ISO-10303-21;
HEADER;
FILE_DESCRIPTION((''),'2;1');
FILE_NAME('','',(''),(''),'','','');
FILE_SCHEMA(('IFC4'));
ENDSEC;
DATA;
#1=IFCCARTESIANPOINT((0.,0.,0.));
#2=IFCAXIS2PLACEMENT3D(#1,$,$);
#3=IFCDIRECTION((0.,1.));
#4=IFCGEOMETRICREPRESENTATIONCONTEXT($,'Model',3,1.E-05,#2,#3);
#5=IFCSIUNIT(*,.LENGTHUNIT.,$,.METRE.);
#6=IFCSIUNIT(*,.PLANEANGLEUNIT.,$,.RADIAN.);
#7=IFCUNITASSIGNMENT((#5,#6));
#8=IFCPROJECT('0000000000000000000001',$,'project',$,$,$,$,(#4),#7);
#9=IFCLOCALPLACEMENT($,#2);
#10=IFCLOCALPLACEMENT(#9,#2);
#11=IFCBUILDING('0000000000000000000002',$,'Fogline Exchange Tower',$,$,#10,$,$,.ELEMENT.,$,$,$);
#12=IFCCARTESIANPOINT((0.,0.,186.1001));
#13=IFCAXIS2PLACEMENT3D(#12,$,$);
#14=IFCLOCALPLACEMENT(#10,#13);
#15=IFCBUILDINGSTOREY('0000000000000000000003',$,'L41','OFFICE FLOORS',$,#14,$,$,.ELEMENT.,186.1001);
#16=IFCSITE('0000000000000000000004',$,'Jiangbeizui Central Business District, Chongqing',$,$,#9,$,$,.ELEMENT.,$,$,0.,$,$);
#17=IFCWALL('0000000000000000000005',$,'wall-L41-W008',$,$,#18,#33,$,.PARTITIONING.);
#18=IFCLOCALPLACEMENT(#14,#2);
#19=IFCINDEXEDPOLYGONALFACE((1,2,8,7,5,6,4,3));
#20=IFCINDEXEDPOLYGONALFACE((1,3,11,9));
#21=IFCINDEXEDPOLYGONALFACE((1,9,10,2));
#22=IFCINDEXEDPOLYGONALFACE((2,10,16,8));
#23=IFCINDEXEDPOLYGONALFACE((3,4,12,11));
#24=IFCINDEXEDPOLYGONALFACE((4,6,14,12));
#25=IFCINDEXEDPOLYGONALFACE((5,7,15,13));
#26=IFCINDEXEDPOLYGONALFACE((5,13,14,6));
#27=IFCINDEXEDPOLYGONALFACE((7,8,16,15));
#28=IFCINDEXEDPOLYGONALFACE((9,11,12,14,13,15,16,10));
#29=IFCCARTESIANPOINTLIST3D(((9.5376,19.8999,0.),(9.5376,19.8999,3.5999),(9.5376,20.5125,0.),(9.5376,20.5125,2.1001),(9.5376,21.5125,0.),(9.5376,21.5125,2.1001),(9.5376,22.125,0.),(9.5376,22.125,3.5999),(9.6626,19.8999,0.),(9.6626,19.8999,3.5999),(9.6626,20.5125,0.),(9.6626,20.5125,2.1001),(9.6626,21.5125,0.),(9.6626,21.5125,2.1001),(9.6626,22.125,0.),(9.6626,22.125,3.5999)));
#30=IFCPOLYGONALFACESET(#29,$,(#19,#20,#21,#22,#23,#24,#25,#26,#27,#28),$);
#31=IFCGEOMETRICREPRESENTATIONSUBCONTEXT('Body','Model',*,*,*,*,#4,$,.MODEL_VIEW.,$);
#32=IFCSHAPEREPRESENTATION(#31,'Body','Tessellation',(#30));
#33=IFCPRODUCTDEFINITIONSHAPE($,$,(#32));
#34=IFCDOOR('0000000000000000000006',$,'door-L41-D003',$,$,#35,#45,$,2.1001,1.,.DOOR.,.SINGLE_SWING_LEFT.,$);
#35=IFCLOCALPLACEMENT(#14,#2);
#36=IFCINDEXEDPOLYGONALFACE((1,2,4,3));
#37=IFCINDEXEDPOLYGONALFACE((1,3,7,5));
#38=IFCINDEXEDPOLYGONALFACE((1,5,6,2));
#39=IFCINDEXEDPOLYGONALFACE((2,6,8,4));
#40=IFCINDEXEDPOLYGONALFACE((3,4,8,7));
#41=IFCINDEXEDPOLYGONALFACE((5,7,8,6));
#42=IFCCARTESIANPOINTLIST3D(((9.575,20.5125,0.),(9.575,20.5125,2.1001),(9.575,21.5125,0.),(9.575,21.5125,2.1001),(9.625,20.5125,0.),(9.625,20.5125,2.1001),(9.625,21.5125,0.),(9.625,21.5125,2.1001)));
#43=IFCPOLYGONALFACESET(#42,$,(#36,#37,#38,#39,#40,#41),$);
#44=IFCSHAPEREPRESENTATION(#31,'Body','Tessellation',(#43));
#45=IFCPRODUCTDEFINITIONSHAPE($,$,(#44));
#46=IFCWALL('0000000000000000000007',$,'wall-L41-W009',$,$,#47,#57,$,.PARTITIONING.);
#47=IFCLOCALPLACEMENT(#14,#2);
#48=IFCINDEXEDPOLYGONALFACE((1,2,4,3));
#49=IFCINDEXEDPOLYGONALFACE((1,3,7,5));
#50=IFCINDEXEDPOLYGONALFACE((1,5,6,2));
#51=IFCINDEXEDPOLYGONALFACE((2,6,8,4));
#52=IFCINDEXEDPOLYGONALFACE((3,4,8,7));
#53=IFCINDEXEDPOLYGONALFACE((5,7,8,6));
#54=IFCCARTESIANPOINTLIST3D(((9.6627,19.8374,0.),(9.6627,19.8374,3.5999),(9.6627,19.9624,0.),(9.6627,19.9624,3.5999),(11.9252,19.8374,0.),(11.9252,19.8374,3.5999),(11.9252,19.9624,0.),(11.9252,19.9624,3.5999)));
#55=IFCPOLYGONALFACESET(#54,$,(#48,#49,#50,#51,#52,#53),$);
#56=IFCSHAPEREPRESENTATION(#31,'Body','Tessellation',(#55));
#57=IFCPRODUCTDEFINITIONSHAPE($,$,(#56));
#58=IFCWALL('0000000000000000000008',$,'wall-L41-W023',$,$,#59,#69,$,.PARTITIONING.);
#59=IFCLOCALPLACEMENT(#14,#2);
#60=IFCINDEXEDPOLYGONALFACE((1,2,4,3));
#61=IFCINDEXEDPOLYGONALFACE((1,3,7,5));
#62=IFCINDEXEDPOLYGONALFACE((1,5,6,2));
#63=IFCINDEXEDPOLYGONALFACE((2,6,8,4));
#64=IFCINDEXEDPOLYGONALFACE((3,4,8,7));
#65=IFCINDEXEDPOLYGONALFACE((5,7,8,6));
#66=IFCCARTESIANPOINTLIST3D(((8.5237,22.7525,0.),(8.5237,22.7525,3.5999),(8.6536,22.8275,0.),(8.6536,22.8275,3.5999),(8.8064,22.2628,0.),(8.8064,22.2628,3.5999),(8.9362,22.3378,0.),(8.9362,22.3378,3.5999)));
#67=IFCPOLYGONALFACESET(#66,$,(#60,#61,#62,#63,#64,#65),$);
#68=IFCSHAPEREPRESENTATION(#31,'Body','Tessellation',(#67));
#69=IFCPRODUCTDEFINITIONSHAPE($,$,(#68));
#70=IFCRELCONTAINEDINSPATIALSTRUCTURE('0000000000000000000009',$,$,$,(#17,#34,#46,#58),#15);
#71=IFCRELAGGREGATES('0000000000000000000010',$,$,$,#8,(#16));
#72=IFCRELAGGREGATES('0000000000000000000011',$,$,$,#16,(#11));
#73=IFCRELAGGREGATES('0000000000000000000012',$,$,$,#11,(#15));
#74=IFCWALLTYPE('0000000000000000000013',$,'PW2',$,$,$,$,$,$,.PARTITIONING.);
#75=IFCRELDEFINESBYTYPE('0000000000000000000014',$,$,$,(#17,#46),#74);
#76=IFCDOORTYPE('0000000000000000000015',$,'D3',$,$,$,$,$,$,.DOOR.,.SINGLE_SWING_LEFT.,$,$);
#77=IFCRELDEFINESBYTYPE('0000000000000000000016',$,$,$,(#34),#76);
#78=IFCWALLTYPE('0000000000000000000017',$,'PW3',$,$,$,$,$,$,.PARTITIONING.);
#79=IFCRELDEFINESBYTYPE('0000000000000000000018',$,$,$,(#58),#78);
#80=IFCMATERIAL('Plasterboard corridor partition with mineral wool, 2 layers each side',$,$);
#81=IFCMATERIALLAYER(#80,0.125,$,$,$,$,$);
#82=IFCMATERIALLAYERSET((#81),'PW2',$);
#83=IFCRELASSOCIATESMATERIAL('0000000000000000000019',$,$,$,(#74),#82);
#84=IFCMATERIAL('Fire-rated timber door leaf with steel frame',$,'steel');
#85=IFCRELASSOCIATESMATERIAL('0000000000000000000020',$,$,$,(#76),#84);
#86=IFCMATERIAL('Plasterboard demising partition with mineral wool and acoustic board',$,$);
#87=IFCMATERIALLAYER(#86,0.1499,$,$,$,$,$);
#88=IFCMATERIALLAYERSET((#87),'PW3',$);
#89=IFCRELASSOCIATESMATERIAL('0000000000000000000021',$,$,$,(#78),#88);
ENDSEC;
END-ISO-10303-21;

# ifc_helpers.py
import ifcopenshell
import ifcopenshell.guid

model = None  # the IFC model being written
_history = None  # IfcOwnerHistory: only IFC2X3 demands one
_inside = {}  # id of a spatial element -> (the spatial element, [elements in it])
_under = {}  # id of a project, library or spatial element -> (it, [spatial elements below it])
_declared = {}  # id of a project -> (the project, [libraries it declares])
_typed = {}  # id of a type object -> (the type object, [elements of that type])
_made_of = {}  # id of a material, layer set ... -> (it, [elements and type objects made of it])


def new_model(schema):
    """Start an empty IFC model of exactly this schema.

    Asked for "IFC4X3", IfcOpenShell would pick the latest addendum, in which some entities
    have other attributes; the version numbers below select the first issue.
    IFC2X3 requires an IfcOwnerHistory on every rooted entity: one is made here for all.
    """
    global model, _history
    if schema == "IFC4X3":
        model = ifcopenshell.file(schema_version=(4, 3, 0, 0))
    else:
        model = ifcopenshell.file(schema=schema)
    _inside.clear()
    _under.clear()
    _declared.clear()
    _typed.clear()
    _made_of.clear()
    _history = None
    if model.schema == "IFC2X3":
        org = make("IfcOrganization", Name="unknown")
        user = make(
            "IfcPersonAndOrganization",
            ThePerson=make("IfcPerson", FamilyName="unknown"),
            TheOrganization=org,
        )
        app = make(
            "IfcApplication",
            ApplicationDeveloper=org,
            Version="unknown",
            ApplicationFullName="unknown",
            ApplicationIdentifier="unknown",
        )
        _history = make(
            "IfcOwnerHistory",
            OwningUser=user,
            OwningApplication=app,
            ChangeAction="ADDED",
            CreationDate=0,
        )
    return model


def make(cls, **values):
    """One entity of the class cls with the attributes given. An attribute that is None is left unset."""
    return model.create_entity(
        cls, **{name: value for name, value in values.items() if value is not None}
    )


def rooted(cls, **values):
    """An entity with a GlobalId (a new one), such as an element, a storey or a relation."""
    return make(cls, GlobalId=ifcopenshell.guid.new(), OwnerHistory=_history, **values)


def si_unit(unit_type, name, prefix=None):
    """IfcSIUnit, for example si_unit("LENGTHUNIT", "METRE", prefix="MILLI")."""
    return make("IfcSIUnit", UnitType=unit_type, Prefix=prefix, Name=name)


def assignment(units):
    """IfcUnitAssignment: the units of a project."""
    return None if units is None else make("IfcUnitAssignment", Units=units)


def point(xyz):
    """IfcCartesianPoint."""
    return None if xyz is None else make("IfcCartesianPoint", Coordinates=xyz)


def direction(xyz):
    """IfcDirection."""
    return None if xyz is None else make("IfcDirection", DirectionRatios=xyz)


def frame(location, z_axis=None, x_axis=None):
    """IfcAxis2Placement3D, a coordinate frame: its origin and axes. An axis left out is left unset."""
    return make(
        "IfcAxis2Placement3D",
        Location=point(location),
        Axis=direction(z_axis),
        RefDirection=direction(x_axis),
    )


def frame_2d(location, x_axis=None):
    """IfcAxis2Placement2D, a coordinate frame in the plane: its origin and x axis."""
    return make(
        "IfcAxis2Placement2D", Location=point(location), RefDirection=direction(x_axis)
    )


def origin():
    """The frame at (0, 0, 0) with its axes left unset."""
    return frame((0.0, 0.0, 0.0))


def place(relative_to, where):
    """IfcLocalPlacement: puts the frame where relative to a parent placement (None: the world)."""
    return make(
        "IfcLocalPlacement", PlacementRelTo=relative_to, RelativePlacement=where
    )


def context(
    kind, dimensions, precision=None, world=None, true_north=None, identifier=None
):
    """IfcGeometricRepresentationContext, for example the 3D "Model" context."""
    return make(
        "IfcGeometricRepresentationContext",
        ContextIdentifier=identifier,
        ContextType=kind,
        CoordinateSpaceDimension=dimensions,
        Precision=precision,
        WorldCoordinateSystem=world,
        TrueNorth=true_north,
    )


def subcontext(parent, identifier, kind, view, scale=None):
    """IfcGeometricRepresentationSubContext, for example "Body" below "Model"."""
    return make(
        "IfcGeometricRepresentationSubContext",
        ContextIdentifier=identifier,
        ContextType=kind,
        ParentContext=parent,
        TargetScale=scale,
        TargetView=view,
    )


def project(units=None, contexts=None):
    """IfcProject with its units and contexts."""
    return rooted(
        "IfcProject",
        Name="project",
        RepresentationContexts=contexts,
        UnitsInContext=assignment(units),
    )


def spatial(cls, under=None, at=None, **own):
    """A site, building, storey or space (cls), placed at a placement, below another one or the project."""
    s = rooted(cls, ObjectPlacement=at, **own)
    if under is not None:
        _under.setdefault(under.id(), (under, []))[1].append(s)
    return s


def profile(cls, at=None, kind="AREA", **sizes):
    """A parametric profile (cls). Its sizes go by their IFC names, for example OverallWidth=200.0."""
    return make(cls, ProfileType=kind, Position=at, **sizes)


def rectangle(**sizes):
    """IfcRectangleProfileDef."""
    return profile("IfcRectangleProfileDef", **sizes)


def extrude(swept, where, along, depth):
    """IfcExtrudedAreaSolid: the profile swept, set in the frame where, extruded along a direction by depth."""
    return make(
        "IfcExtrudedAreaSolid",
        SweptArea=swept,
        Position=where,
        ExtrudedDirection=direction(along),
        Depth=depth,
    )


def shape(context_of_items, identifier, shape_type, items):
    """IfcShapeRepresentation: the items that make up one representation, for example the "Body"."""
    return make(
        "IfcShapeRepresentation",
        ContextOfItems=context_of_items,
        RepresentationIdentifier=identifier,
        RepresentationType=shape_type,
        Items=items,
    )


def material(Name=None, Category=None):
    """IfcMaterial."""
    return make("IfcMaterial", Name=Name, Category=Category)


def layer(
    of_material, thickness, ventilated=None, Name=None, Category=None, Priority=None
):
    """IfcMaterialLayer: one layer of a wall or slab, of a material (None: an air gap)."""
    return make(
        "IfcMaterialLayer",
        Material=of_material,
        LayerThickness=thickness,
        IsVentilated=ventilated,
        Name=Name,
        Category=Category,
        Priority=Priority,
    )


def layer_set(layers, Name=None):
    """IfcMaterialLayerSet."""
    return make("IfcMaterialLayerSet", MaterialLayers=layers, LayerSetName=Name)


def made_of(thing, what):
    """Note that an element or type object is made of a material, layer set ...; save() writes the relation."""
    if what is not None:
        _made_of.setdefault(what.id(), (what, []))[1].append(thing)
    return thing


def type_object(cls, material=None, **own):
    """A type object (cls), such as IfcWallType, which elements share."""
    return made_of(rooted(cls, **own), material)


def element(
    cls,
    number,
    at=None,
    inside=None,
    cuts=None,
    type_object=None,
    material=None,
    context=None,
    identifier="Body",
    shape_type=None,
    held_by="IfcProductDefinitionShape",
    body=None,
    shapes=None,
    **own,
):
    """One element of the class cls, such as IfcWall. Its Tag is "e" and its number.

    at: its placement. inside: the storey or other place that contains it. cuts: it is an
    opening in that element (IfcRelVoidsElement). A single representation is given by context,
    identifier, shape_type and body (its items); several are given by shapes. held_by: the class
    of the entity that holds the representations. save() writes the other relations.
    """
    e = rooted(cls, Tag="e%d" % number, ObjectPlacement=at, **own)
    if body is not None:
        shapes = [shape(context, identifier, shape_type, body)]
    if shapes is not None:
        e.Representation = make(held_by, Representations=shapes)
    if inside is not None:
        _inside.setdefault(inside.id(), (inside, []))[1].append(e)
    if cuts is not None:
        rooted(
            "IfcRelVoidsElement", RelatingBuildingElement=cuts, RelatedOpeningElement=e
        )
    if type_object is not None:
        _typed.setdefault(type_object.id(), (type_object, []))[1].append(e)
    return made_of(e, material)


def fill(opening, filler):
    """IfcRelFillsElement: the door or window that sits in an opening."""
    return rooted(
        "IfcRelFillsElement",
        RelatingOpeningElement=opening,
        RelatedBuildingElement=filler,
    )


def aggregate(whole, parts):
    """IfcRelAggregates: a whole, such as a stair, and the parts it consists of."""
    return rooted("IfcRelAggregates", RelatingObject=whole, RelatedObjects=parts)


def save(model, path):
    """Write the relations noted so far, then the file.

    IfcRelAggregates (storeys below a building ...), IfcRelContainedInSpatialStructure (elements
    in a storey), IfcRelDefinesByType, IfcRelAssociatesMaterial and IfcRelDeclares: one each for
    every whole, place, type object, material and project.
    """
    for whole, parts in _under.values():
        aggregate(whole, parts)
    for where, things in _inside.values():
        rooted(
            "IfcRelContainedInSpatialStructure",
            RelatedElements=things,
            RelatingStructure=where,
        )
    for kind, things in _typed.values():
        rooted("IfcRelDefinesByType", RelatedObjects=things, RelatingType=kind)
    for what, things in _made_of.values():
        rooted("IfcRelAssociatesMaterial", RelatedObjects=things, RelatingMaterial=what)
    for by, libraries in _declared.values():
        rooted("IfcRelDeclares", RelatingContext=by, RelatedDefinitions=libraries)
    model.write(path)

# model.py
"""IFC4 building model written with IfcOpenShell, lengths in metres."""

from ifc_helpers import new_model, si_unit, direction, frame, frame_2d, origin, place, context, subcontext, project, spatial, rectangle, extrude, material, layer, layer_set, type_object, element, fill, save


model = new_model("IFC4")

# Units and contexts
model_context = context("Model", 3, precision=1e-05, world=origin(), true_north=direction((0.0, 1.0)))
body_context = subcontext(model_context, "Body", "Model", "MODEL_VIEW")
ifc_project = project(units=[si_unit("LENGTHUNIT", "METRE"), si_unit("PLANEANGLEUNIT", "RADIAN")], contexts=[model_context])

# Site, building, storey
site_placement = place(None, origin())
site = spatial("IfcSite", under=ifc_project, at=site_placement, Name="Jiangbeizui Central Business District, Chongqing", CompositionType="ELEMENT", RefElevation=0.0)
building_placement = place(site_placement, origin())
building = spatial("IfcBuilding", under=site, at=building_placement, Name="Fogline Exchange Tower", CompositionType="ELEMENT")
storey_placement = place(building_placement, frame((0.0, 0.0, 186.1001)))
storey = spatial("IfcBuildingStorey", under=building, at=storey_placement, Name="L41", Description="OFFICE FLOORS", CompositionType="ELEMENT", Elevation=186.1001)

# Shared definitions
ifc_material_1 = material(Name="Plasterboard corridor partition with mineral wool, 2 layers each side")
ifc_layer_1 = layer(ifc_material_1, 0.125)
ifc_layer_set_1 = layer_set([ifc_layer_1], Name="PW2")
wall_type_1 = type_object("IfcWallType", Name="PW2", PredefinedType="PARTITIONING", material=ifc_layer_set_1)
ifc_material_2 = material(Name="Fire-rated timber door leaf with steel frame", Category="steel")
door_type_1 = type_object("IfcDoorType", Name="D3", OperationType="SINGLE_SWING_LEFT", PredefinedType="DOOR", material=ifc_material_2)

# Wall, opening, door
wall_1_placement = place(storey_placement, frame((9.6001, 22.125, 0.0), z_axis=(0.0, 0.0, 1.0), x_axis=(0.0, -1.0, 0.0)))
wall_1 = element("IfcWall", 1, at=wall_1_placement, inside=storey, type_object=wall_type_1, Name="wall-L41-W008", PredefinedType="PARTITIONING", context=body_context, shape_type="SweptSolid", body=[
    extrude(rectangle(XDim=2.2251, YDim=0.125, at=frame_2d((1.1125, 0.0))), origin(), (0.0, 0.0, 1.0), 3.5999),
])
opening_1_placement = place(wall_1_placement, frame((0.6125, 0.0, 0.0)))
opening_1 = element("IfcOpeningElement", 2, at=opening_1_placement, cuts=wall_1, PredefinedType="OPENING", context=body_context, shape_type="SweptSolid", body=[
    extrude(rectangle(XDim=1.0, YDim=2.1001, at=frame_2d((0.5, 1.05))), frame((0.0, 0.0725, 0.0), z_axis=(0.0, -1.0, 0.0), x_axis=(1.0, 0.0, 0.0)), (0.0, 0.0, 1.0), 0.145),
])
door_1_placement = place(opening_1_placement, origin())
door_1 = element("IfcDoor", 3, at=door_1_placement, inside=storey, type_object=door_type_1, Name="door-L41-D003", OperationType="SINGLE_SWING_LEFT", OverallHeight=2.1001, OverallWidth=1.0, PredefinedType="DOOR", context=body_context, shape_type="SweptSolid", body=[
    extrude(rectangle(XDim=1.0, YDim=2.1001, at=frame_2d((0.5, 1.05))), frame((0.0, 0.0249, 0.0), z_axis=(0.0, -1.0, 0.0), x_axis=(1.0, 0.0, 0.0)), (0.0, 0.0, 1.0), 0.05),
])
fill(opening_1, door_1)

# Walls
wall_2_placement = place(storey_placement, frame((9.6626, 19.8999, 0.0), z_axis=(0.0, 0.0, 1.0), x_axis=(1.0, 0.0, 0.0)))
element("IfcWall", 4, at=wall_2_placement, inside=storey, type_object=wall_type_1, Name="wall-L41-W009", PredefinedType="PARTITIONING", context=body_context, shape_type="SweptSolid", body=[
    extrude(rectangle(XDim=2.2625, YDim=0.125, at=frame_2d((1.1313, 0.0))), origin(), (0.0, 0.0, 1.0), 3.5999),
])
ifc_material_3 = material(Name="Plasterboard demising partition with mineral wool and acoustic board")
ifc_layer_2 = layer(ifc_material_3, 0.1499)
ifc_layer_set_2 = layer_set([ifc_layer_2], Name="PW3")
wall_type_2 = type_object("IfcWallType", Name="PW3", PredefinedType="PARTITIONING", material=ifc_layer_set_2)
wall_3_placement = place(storey_placement, frame((8.8713, 22.3003, 0.0), z_axis=(0.0, 0.0, 1.0), x_axis=(-0.499947, 0.866056, 0.0)))
element("IfcWall", 5, at=wall_3_placement, inside=storey, type_object=wall_type_2, Name="wall-L41-W023", PredefinedType="PARTITIONING", context=body_context, shape_type="SweptSolid", body=[
    extrude(rectangle(XDim=0.5654, YDim=0.1499, at=frame_2d((0.2827, 0.0))), origin(), (0.0, 0.0, 1.0), 3.5999),
])

save(model, "model.ifc")
